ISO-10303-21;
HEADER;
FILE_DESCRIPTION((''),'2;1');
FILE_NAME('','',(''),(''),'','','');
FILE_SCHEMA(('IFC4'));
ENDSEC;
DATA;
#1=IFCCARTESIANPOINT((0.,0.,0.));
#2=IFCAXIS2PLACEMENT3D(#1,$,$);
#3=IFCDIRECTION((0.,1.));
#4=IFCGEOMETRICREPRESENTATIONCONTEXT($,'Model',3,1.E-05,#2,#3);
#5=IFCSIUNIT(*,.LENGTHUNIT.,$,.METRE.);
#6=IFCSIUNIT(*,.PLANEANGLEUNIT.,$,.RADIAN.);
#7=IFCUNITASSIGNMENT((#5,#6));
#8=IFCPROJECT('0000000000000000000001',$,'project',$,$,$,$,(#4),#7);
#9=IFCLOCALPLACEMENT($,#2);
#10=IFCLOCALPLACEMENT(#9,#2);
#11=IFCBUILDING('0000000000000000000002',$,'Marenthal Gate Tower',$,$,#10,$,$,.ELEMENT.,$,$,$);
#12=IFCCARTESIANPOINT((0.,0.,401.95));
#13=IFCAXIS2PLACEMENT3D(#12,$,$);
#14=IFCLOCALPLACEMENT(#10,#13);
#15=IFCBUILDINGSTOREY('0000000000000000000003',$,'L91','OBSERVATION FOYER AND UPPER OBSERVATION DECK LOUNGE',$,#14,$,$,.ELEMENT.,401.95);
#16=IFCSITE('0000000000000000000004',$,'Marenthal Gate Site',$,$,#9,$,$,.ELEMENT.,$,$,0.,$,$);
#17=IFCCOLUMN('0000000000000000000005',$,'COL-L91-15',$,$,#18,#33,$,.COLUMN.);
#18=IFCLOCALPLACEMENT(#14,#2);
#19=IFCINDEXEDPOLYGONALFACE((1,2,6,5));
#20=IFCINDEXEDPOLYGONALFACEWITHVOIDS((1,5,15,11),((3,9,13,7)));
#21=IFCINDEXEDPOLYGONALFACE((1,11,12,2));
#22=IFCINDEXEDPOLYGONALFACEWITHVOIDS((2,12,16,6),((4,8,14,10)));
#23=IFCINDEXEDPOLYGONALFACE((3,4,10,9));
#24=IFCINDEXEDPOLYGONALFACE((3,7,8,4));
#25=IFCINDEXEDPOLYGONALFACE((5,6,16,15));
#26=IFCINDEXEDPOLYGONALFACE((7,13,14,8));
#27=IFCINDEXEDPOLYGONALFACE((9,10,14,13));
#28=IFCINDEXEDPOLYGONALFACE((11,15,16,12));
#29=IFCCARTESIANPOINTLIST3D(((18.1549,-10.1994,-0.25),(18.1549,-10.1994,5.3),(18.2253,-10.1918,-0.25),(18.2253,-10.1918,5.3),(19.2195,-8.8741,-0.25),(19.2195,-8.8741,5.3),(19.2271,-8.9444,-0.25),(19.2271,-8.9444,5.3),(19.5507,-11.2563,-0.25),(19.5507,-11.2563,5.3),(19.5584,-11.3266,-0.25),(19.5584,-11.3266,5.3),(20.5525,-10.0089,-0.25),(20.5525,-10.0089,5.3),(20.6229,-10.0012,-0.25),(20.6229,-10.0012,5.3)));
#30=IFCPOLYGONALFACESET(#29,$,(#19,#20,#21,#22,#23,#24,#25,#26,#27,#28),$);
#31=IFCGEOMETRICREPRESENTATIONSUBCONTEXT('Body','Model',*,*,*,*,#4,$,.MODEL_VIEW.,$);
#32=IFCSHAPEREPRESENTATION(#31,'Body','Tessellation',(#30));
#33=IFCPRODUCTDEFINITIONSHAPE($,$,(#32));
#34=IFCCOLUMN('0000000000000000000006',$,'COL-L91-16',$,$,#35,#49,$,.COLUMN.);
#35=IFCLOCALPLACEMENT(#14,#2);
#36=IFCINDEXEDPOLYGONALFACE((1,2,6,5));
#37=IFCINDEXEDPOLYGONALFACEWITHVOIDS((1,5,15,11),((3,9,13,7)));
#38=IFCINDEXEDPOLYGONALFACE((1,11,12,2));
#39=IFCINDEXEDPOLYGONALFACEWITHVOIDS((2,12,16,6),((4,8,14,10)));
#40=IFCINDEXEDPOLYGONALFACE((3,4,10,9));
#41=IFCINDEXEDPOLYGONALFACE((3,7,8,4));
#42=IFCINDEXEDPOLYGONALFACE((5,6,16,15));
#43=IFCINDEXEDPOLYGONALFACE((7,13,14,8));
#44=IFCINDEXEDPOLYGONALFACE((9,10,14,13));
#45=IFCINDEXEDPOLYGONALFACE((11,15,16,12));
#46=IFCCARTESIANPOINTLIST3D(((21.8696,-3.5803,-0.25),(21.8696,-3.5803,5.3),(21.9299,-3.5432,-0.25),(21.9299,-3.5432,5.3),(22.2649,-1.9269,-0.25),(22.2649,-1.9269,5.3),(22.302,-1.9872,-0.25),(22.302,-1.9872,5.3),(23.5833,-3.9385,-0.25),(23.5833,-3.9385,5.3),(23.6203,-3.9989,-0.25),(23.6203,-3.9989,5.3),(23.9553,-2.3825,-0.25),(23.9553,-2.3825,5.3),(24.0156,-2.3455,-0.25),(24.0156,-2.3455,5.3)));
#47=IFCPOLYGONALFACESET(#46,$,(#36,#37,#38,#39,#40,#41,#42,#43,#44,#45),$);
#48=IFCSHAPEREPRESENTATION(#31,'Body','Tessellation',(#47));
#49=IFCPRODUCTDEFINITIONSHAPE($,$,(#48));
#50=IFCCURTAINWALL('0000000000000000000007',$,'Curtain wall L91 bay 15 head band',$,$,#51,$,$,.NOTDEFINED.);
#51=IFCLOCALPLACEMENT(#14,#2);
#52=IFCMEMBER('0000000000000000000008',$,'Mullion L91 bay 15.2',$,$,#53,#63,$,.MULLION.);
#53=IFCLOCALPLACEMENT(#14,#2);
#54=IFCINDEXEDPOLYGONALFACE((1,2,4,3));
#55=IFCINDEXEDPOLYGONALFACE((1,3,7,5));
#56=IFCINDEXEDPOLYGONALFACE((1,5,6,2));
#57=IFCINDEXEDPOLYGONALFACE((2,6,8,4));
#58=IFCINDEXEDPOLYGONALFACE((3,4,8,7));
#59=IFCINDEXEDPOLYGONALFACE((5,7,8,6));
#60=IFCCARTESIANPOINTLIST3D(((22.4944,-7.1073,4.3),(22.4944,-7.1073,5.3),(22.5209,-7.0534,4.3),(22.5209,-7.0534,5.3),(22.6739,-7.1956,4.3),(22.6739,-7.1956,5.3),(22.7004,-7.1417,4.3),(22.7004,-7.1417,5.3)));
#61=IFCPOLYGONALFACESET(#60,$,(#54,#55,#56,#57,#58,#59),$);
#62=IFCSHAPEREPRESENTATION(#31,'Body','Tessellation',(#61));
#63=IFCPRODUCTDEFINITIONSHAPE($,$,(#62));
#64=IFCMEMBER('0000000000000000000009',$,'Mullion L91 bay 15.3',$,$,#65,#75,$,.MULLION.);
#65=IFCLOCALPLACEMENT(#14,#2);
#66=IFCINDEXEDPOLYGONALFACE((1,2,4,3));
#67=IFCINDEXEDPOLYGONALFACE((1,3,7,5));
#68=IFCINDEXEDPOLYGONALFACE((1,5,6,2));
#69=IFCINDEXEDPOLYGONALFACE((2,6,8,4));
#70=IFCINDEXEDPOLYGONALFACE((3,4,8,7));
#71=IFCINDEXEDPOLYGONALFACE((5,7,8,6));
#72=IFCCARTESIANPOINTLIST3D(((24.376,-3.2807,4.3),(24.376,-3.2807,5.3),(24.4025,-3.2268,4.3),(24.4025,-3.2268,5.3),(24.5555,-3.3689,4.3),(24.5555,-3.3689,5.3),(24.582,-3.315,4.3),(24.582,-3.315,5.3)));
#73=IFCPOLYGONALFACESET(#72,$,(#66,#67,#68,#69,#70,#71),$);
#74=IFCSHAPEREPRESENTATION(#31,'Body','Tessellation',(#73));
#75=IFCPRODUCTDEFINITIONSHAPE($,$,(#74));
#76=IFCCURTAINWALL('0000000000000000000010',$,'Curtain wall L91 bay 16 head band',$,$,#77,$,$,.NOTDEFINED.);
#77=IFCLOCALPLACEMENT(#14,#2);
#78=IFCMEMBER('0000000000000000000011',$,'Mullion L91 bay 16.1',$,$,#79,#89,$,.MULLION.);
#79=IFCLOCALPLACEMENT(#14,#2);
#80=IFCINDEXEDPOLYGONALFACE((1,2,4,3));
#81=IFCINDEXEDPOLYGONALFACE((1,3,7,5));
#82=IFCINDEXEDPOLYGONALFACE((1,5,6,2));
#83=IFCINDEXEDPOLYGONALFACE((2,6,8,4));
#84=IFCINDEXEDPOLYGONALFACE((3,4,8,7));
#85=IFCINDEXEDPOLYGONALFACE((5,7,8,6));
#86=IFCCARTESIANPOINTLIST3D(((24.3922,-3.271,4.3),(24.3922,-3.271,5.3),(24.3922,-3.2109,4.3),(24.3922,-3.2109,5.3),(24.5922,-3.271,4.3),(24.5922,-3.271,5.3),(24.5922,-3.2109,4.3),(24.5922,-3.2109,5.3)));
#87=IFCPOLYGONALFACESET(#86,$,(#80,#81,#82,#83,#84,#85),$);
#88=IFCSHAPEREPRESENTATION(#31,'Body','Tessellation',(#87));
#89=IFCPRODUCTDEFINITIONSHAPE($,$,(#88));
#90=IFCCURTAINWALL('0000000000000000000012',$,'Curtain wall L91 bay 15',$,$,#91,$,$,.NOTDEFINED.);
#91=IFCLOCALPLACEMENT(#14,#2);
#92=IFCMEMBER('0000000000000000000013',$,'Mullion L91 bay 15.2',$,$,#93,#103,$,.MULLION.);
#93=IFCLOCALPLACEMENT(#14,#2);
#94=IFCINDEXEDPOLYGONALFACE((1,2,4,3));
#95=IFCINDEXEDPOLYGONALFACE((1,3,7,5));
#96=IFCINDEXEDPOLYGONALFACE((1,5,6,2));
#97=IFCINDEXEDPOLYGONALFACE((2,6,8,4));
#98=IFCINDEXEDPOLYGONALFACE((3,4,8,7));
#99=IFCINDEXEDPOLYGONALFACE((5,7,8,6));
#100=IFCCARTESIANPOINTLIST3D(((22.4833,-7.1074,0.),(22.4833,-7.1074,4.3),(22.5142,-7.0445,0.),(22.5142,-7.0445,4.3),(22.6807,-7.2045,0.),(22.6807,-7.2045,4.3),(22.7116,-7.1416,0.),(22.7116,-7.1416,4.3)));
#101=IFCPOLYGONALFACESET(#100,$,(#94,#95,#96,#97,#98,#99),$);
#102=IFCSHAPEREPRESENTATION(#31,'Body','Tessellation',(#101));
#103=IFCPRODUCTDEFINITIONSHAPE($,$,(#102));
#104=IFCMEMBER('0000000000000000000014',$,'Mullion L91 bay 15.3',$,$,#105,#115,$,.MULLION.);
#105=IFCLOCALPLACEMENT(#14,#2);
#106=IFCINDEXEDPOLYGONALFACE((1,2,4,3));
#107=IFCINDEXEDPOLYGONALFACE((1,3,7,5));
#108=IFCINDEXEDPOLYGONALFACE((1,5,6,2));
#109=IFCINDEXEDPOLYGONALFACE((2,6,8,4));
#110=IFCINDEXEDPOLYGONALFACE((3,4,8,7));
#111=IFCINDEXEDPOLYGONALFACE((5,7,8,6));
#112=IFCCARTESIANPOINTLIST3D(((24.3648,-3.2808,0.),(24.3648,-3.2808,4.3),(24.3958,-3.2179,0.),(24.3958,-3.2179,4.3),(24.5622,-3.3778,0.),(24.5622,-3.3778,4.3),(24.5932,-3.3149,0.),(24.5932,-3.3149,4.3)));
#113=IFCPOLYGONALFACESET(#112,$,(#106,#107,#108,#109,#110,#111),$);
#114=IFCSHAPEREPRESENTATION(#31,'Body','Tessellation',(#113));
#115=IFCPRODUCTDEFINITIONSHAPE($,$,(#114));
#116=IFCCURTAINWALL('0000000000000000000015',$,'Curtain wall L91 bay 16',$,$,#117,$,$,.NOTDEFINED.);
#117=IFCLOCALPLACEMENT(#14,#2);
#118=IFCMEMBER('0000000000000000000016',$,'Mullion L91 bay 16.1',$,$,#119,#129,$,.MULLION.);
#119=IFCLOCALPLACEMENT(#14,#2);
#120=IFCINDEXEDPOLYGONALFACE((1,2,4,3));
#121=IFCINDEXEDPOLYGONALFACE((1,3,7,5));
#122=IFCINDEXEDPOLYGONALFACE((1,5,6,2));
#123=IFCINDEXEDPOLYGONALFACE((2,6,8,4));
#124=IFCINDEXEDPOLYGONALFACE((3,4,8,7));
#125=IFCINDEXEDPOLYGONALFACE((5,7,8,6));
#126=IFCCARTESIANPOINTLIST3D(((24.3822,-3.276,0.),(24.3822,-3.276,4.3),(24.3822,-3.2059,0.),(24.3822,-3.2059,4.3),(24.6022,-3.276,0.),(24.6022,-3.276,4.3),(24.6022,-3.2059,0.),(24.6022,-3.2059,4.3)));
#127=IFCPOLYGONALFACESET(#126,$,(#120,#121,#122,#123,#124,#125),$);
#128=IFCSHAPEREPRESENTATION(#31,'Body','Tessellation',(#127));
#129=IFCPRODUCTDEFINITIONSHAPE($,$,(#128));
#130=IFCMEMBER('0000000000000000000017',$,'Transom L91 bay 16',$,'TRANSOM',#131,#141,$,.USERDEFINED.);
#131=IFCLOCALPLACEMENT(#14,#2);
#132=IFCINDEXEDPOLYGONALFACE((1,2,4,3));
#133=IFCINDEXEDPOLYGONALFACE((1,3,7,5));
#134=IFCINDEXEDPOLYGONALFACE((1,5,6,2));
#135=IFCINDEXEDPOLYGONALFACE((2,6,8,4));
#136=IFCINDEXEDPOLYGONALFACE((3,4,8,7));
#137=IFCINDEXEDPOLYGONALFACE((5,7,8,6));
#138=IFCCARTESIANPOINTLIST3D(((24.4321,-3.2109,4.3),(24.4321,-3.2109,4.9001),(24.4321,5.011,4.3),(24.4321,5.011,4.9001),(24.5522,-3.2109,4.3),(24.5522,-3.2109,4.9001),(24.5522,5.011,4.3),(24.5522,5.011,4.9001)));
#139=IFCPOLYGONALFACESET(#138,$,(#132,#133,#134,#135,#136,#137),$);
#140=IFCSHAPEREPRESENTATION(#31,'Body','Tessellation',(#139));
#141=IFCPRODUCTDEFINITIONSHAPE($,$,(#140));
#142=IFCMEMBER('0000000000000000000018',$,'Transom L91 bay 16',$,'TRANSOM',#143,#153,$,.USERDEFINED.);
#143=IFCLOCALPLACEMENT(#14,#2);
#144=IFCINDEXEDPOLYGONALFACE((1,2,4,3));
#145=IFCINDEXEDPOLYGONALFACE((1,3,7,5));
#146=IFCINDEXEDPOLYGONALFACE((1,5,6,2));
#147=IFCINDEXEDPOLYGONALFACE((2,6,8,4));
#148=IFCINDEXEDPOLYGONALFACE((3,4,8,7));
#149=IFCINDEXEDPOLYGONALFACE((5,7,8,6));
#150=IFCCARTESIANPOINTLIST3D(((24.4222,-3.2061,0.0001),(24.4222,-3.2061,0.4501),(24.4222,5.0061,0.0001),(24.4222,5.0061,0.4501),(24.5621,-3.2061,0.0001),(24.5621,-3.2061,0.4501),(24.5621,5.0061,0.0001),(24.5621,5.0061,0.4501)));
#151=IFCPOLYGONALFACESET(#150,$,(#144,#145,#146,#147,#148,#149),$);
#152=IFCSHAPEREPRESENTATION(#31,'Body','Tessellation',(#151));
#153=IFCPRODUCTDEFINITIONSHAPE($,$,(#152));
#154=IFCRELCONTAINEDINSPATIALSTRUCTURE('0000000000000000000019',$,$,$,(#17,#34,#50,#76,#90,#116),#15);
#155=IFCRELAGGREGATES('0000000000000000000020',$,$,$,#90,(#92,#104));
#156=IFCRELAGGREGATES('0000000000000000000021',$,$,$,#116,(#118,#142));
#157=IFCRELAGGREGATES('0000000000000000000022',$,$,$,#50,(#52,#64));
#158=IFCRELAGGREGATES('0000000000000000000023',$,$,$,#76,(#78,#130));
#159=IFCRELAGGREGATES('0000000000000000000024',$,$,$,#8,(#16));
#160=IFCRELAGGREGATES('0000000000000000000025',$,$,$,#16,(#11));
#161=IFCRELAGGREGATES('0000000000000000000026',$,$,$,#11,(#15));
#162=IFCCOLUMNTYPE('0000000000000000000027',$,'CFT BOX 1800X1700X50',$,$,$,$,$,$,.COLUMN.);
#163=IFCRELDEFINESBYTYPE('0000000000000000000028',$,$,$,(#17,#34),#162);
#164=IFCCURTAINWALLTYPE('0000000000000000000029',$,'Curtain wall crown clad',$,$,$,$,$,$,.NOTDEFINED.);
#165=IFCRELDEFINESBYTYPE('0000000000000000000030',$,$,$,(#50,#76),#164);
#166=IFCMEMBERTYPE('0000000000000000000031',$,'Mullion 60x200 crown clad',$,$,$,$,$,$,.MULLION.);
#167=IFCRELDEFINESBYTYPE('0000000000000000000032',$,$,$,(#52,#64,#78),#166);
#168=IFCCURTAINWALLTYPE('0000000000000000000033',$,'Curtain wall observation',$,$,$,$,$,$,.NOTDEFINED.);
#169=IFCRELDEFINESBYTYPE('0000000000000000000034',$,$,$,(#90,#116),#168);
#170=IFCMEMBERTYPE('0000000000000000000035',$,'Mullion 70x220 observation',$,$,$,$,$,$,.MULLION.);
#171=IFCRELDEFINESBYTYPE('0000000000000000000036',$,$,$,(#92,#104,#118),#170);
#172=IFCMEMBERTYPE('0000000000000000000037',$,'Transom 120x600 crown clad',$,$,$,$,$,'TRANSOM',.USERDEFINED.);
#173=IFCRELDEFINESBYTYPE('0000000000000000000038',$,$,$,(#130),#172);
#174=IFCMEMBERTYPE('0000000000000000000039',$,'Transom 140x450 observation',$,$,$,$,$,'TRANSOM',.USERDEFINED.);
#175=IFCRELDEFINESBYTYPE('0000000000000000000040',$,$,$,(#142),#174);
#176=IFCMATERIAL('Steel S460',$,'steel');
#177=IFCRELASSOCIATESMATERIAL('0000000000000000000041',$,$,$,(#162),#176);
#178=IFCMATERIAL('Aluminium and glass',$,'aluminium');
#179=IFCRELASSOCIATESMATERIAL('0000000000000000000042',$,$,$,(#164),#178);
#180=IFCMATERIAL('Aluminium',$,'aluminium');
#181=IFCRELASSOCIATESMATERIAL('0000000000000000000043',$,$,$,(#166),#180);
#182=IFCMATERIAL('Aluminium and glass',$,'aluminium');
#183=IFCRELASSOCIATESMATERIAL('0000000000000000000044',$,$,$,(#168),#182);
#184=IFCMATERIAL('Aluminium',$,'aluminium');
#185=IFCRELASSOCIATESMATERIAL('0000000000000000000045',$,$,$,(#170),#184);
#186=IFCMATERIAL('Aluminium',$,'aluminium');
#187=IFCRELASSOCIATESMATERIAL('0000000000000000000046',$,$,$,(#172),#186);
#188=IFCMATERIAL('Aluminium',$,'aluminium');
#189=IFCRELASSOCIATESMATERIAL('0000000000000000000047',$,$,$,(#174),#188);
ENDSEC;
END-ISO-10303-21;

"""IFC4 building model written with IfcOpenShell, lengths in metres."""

from ifc_helpers import new_model, si_unit, direction, frame, origin, origin_2d, place, context, subcontext, project, spatial, rectangle, hollow_rectangle, extrude, material, material_profile, profile_set, type_object, element, aggregate, save


model = new_model("IFC4")

# Units and contexts
model_context = context("Model", 3, precision=1e-05, world=origin(), true_north=direction((0.0, 1.0)))
body_context = subcontext(model_context, "Body", "Model", "MODEL_VIEW")
ifc_project = project(units=[si_unit("LENGTHUNIT", "METRE"), si_unit("PLANEANGLEUNIT", "RADIAN")], contexts=[model_context])

# Site, building, storey
site_placement = place(None, origin())
site = spatial("IfcSite", under=ifc_project, at=site_placement, Name="Marenthal Gate Site", CompositionType="ELEMENT", RefElevation=0.0)
building_placement = place(site_placement, origin())
building = spatial("IfcBuilding", under=site, at=building_placement, Name="Marenthal Gate Tower", CompositionType="ELEMENT")
storey_placement = place(building_placement, frame((0.0, 0.0, 401.95)))
storey = spatial("IfcBuildingStorey", under=building, at=storey_placement, Name="L91", Description="OBSERVATION FOYER AND UPPER OBSERVATION DECK LOUNGE", CompositionType="ELEMENT", Elevation=401.95)

# Columns
ifc_material_1 = material(Name="Steel S460", Category="steel")
ifc_material_profile_1 = material_profile(ifc_material_1, hollow_rectangle(XDim=1.7, YDim=1.8, WallThickness=0.05, at=origin_2d()), Name="CFT BOX 1800X1700X50")
ifc_material_2 = material(Name="Concrete 70 MPa", Category="concrete")
ifc_material_profile_2 = material_profile(ifc_material_2, rectangle(XDim=1.6001, YDim=1.7, at=origin_2d()), Name="CFT BOX 1800X1700X50 INFILL")
ifc_profile_set_1 = profile_set([ifc_material_profile_1, ifc_material_profile_2], Name="Steel S460 shell, Concrete 70 MPa infill")
column_type = type_object("IfcColumnType", Name="CFT BOX 1800X1700X50", PredefinedType="COLUMN", material=ifc_profile_set_1)
for number, where, z_axis, x_axis, name in (
    (1, (19.3889, -10.1003, -0.25), (0.0, 0.0, 1.0), (-0.626198, -0.779664, 0.0), "COL-L91-15"),
    (2, (22.9426, -2.9629, -0.25), (0.0, 0.0, 1.0), (-0.232542, -0.972586, 0.0), "COL-L91-16"),
):
    element("IfcColumn", number, at=place(storey_placement, frame(where, z_axis=z_axis, x_axis=x_axis)), inside=storey, type_object=column_type, Name=name, PredefinedType="COLUMN", context=body_context, shape_type="SweptSolid", body=[
        extrude(hollow_rectangle(XDim=1.7, YDim=1.8, WallThickness=0.05, at=origin_2d()), origin(), (0.0, 0.0, 1.0), 5.55),
    ])

# Curtain wall, members
ifc_material_3 = material(Name="Aluminium and glass", Category="aluminium")
curtain_wall_type_1 = type_object("IfcCurtainWallType", Name="Curtain wall crown clad", PredefinedType="NOTDEFINED", material=ifc_material_3)
curtain_wall_1_placement = place(storey_placement, origin())
curtain_wall_1 = element("IfcCurtainWall", 3, at=curtain_wall_1_placement, inside=storey, type_object=curtain_wall_type_1, Name="Curtain wall L91 bay 15 head band", PredefinedType="NOTDEFINED")
ifc_material_4 = material(Name="Aluminium", Category="aluminium")
ifc_material_profile_3 = material_profile(ifc_material_4, rectangle(XDim=0.2, YDim=0.0601, at=origin_2d()), Name="60x200 aluminium mullion")
ifc_profile_set_2 = profile_set([ifc_material_profile_3], Name="Aluminium")
member_type_1 = type_object("IfcMemberType", Name="Mullion 60x200 crown clad", PredefinedType="MULLION", material=ifc_profile_set_2)
member_1_placement = place(storey_placement, frame((22.5974, -7.1245, 4.3), z_axis=(0.0, 0.0, 1.0), x_axis=(-0.897386, 0.441247, 0.0)))
member_1 = element("IfcMember", 4, at=member_1_placement, type_object=member_type_1, Name="Mullion L91 bay 15.2", PredefinedType="MULLION", context=body_context, shape_type="SweptSolid", body=[
    extrude(rectangle(XDim=0.2, YDim=0.0601, at=origin_2d()), origin(), (0.0, 0.0, 1.0), 1.0),
])
member_2_placement = place(storey_placement, frame((24.479, -3.2979, 4.3), z_axis=(0.0, 0.0, 1.0), x_axis=(-0.897386, 0.441247, 0.0)))
member_2 = element("IfcMember", 5, at=member_2_placement, type_object=member_type_1, Name="Mullion L91 bay 15.3", PredefinedType="MULLION", context=body_context, shape_type="SweptSolid", body=[
    extrude(rectangle(XDim=0.2, YDim=0.0601, at=origin_2d()), origin(), (0.0, 0.0, 1.0), 1.0),
])

# Curtain wall, member
curtain_wall_2_placement = place(storey_placement, origin())
curtain_wall_2 = element("IfcCurtainWall", 6, at=curtain_wall_2_placement, inside=storey, type_object=curtain_wall_type_1, Name="Curtain wall L91 bay 16 head band", PredefinedType="NOTDEFINED")
member_3_placement = place(storey_placement, frame((24.4922, -3.241, 4.3), z_axis=(0.0, 0.0, 1.0), x_axis=(-1.0, 0.0, 0.0)))
member_3 = element("IfcMember", 7, at=member_3_placement, type_object=member_type_1, Name="Mullion L91 bay 16.1", PredefinedType="MULLION", context=body_context, shape_type="SweptSolid", body=[
    extrude(rectangle(XDim=0.2, YDim=0.0601, at=origin_2d()), origin(), (0.0, 0.0, 1.0), 1.0),
])

# Curtain wall, members
ifc_material_5 = material(Name="Aluminium and glass", Category="aluminium")
curtain_wall_type_2 = type_object("IfcCurtainWallType", Name="Curtain wall observation", PredefinedType="NOTDEFINED", material=ifc_material_5)
curtain_wall_3_placement = place(storey_placement, origin())
curtain_wall_3 = element("IfcCurtainWall", 8, at=curtain_wall_3_placement, inside=storey, type_object=curtain_wall_type_2, Name="Curtain wall L91 bay 15", PredefinedType="NOTDEFINED")
ifc_material_6 = material(Name="Aluminium", Category="aluminium")
ifc_material_profile_4 = material_profile(ifc_material_6, rectangle(XDim=0.22, YDim=0.0701, at=origin_2d()), Name="70x220 aluminium mullion")
ifc_profile_set_3 = profile_set([ifc_material_profile_4], Name="Aluminium")
member_type_2 = type_object("IfcMemberType", Name="Mullion 70x220 observation", PredefinedType="MULLION", material=ifc_profile_set_3)
member_4_placement = place(storey_placement, frame((22.5974, -7.1245, 0.0), z_axis=(0.0, 0.0, 1.0), x_axis=(-0.897386, 0.441247, 0.0)))
member_4 = element("IfcMember", 9, at=member_4_placement, type_object=member_type_2, Name="Mullion L91 bay 15.2", PredefinedType="MULLION", context=body_context, shape_type="SweptSolid", body=[
    extrude(rectangle(XDim=0.22, YDim=0.0701, at=origin_2d()), origin(), (0.0, 0.0, 1.0), 4.3),
])
member_5_placement = place(storey_placement, frame((24.479, -3.2979, 0.0), z_axis=(0.0, 0.0, 1.0), x_axis=(-0.897386, 0.441247, 0.0)))
member_5 = element("IfcMember", 10, at=member_5_placement, type_object=member_type_2, Name="Mullion L91 bay 15.3", PredefinedType="MULLION", context=body_context, shape_type="SweptSolid", body=[
    extrude(rectangle(XDim=0.22, YDim=0.0701, at=origin_2d()), origin(), (0.0, 0.0, 1.0), 4.3),
])

# Curtain wall, member
curtain_wall_4_placement = place(storey_placement, origin())
curtain_wall_4 = element("IfcCurtainWall", 11, at=curtain_wall_4_placement, inside=storey, type_object=curtain_wall_type_2, Name="Curtain wall L91 bay 16", PredefinedType="NOTDEFINED")
member_6_placement = place(storey_placement, frame((24.4922, -3.241, 0.0), z_axis=(0.0, 0.0, 1.0), x_axis=(-1.0, 0.0, 0.0)))
member_6 = element("IfcMember", 12, at=member_6_placement, type_object=member_type_2, Name="Mullion L91 bay 16.1", PredefinedType="MULLION", context=body_context, shape_type="SweptSolid", body=[
    extrude(rectangle(XDim=0.22, YDim=0.0701, at=origin_2d()), origin(), (0.0, 0.0, 1.0), 4.3),
])

# Members
ifc_material_7 = material(Name="Aluminium", Category="aluminium")
ifc_material_profile_5 = material_profile(ifc_material_7, rectangle(XDim=0.1201, YDim=0.6001, at=origin_2d()), Name="120x600 aluminium transom")
ifc_profile_set_4 = profile_set([ifc_material_profile_5], Name="Aluminium")
member_type_3 = type_object("IfcMemberType", Name="Transom 120x600 crown clad", ElementType="TRANSOM", PredefinedType="USERDEFINED", material=ifc_profile_set_4)
member_7_placement = place(storey_placement, frame((24.4922, -3.2109, 4.6001), z_axis=(0.0, 1.0, 0.0), x_axis=(-1.0, 0.0, 0.0)))
member_7 = element("IfcMember", 13, at=member_7_placement, type_object=member_type_3, Name="Transom L91 bay 16", ObjectType="TRANSOM", PredefinedType="USERDEFINED", context=body_context, shape_type="SweptSolid", body=[
    extrude(rectangle(XDim=0.1201, YDim=0.6001, at=origin_2d()), origin(), (0.0, 0.0, 1.0), 8.2219),
])
ifc_material_8 = material(Name="Aluminium", Category="aluminium")
ifc_material_profile_6 = material_profile(ifc_material_8, rectangle(XDim=0.1399, YDim=0.45, at=origin_2d()), Name="140x450 aluminium transom")
ifc_profile_set_5 = profile_set([ifc_material_profile_6], Name="Aluminium")
member_type_4 = type_object("IfcMemberType", Name="Transom 140x450 observation", ElementType="TRANSOM", PredefinedType="USERDEFINED", material=ifc_profile_set_5)
member_8_placement = place(storey_placement, frame((24.4922, -3.2061, 0.2251), z_axis=(0.0, 1.0, 0.0), x_axis=(-1.0, 0.0, 0.0)))
member_8 = element("IfcMember", 14, at=member_8_placement, type_object=member_type_4, Name="Transom L91 bay 16", ObjectType="TRANSOM", PredefinedType="USERDEFINED", context=body_context, shape_type="SweptSolid", body=[
    extrude(rectangle(XDim=0.1399, YDim=0.45, at=origin_2d()), origin(), (0.0, 0.0, 1.0), 8.2122),
])

aggregate(curtain_wall_3, [member_4, member_5])
aggregate(curtain_wall_4, [member_6, member_8])
aggregate(curtain_wall_1, [member_1, member_2])
aggregate(curtain_wall_2, [member_3, member_7])

save(model, "model.ifc")
